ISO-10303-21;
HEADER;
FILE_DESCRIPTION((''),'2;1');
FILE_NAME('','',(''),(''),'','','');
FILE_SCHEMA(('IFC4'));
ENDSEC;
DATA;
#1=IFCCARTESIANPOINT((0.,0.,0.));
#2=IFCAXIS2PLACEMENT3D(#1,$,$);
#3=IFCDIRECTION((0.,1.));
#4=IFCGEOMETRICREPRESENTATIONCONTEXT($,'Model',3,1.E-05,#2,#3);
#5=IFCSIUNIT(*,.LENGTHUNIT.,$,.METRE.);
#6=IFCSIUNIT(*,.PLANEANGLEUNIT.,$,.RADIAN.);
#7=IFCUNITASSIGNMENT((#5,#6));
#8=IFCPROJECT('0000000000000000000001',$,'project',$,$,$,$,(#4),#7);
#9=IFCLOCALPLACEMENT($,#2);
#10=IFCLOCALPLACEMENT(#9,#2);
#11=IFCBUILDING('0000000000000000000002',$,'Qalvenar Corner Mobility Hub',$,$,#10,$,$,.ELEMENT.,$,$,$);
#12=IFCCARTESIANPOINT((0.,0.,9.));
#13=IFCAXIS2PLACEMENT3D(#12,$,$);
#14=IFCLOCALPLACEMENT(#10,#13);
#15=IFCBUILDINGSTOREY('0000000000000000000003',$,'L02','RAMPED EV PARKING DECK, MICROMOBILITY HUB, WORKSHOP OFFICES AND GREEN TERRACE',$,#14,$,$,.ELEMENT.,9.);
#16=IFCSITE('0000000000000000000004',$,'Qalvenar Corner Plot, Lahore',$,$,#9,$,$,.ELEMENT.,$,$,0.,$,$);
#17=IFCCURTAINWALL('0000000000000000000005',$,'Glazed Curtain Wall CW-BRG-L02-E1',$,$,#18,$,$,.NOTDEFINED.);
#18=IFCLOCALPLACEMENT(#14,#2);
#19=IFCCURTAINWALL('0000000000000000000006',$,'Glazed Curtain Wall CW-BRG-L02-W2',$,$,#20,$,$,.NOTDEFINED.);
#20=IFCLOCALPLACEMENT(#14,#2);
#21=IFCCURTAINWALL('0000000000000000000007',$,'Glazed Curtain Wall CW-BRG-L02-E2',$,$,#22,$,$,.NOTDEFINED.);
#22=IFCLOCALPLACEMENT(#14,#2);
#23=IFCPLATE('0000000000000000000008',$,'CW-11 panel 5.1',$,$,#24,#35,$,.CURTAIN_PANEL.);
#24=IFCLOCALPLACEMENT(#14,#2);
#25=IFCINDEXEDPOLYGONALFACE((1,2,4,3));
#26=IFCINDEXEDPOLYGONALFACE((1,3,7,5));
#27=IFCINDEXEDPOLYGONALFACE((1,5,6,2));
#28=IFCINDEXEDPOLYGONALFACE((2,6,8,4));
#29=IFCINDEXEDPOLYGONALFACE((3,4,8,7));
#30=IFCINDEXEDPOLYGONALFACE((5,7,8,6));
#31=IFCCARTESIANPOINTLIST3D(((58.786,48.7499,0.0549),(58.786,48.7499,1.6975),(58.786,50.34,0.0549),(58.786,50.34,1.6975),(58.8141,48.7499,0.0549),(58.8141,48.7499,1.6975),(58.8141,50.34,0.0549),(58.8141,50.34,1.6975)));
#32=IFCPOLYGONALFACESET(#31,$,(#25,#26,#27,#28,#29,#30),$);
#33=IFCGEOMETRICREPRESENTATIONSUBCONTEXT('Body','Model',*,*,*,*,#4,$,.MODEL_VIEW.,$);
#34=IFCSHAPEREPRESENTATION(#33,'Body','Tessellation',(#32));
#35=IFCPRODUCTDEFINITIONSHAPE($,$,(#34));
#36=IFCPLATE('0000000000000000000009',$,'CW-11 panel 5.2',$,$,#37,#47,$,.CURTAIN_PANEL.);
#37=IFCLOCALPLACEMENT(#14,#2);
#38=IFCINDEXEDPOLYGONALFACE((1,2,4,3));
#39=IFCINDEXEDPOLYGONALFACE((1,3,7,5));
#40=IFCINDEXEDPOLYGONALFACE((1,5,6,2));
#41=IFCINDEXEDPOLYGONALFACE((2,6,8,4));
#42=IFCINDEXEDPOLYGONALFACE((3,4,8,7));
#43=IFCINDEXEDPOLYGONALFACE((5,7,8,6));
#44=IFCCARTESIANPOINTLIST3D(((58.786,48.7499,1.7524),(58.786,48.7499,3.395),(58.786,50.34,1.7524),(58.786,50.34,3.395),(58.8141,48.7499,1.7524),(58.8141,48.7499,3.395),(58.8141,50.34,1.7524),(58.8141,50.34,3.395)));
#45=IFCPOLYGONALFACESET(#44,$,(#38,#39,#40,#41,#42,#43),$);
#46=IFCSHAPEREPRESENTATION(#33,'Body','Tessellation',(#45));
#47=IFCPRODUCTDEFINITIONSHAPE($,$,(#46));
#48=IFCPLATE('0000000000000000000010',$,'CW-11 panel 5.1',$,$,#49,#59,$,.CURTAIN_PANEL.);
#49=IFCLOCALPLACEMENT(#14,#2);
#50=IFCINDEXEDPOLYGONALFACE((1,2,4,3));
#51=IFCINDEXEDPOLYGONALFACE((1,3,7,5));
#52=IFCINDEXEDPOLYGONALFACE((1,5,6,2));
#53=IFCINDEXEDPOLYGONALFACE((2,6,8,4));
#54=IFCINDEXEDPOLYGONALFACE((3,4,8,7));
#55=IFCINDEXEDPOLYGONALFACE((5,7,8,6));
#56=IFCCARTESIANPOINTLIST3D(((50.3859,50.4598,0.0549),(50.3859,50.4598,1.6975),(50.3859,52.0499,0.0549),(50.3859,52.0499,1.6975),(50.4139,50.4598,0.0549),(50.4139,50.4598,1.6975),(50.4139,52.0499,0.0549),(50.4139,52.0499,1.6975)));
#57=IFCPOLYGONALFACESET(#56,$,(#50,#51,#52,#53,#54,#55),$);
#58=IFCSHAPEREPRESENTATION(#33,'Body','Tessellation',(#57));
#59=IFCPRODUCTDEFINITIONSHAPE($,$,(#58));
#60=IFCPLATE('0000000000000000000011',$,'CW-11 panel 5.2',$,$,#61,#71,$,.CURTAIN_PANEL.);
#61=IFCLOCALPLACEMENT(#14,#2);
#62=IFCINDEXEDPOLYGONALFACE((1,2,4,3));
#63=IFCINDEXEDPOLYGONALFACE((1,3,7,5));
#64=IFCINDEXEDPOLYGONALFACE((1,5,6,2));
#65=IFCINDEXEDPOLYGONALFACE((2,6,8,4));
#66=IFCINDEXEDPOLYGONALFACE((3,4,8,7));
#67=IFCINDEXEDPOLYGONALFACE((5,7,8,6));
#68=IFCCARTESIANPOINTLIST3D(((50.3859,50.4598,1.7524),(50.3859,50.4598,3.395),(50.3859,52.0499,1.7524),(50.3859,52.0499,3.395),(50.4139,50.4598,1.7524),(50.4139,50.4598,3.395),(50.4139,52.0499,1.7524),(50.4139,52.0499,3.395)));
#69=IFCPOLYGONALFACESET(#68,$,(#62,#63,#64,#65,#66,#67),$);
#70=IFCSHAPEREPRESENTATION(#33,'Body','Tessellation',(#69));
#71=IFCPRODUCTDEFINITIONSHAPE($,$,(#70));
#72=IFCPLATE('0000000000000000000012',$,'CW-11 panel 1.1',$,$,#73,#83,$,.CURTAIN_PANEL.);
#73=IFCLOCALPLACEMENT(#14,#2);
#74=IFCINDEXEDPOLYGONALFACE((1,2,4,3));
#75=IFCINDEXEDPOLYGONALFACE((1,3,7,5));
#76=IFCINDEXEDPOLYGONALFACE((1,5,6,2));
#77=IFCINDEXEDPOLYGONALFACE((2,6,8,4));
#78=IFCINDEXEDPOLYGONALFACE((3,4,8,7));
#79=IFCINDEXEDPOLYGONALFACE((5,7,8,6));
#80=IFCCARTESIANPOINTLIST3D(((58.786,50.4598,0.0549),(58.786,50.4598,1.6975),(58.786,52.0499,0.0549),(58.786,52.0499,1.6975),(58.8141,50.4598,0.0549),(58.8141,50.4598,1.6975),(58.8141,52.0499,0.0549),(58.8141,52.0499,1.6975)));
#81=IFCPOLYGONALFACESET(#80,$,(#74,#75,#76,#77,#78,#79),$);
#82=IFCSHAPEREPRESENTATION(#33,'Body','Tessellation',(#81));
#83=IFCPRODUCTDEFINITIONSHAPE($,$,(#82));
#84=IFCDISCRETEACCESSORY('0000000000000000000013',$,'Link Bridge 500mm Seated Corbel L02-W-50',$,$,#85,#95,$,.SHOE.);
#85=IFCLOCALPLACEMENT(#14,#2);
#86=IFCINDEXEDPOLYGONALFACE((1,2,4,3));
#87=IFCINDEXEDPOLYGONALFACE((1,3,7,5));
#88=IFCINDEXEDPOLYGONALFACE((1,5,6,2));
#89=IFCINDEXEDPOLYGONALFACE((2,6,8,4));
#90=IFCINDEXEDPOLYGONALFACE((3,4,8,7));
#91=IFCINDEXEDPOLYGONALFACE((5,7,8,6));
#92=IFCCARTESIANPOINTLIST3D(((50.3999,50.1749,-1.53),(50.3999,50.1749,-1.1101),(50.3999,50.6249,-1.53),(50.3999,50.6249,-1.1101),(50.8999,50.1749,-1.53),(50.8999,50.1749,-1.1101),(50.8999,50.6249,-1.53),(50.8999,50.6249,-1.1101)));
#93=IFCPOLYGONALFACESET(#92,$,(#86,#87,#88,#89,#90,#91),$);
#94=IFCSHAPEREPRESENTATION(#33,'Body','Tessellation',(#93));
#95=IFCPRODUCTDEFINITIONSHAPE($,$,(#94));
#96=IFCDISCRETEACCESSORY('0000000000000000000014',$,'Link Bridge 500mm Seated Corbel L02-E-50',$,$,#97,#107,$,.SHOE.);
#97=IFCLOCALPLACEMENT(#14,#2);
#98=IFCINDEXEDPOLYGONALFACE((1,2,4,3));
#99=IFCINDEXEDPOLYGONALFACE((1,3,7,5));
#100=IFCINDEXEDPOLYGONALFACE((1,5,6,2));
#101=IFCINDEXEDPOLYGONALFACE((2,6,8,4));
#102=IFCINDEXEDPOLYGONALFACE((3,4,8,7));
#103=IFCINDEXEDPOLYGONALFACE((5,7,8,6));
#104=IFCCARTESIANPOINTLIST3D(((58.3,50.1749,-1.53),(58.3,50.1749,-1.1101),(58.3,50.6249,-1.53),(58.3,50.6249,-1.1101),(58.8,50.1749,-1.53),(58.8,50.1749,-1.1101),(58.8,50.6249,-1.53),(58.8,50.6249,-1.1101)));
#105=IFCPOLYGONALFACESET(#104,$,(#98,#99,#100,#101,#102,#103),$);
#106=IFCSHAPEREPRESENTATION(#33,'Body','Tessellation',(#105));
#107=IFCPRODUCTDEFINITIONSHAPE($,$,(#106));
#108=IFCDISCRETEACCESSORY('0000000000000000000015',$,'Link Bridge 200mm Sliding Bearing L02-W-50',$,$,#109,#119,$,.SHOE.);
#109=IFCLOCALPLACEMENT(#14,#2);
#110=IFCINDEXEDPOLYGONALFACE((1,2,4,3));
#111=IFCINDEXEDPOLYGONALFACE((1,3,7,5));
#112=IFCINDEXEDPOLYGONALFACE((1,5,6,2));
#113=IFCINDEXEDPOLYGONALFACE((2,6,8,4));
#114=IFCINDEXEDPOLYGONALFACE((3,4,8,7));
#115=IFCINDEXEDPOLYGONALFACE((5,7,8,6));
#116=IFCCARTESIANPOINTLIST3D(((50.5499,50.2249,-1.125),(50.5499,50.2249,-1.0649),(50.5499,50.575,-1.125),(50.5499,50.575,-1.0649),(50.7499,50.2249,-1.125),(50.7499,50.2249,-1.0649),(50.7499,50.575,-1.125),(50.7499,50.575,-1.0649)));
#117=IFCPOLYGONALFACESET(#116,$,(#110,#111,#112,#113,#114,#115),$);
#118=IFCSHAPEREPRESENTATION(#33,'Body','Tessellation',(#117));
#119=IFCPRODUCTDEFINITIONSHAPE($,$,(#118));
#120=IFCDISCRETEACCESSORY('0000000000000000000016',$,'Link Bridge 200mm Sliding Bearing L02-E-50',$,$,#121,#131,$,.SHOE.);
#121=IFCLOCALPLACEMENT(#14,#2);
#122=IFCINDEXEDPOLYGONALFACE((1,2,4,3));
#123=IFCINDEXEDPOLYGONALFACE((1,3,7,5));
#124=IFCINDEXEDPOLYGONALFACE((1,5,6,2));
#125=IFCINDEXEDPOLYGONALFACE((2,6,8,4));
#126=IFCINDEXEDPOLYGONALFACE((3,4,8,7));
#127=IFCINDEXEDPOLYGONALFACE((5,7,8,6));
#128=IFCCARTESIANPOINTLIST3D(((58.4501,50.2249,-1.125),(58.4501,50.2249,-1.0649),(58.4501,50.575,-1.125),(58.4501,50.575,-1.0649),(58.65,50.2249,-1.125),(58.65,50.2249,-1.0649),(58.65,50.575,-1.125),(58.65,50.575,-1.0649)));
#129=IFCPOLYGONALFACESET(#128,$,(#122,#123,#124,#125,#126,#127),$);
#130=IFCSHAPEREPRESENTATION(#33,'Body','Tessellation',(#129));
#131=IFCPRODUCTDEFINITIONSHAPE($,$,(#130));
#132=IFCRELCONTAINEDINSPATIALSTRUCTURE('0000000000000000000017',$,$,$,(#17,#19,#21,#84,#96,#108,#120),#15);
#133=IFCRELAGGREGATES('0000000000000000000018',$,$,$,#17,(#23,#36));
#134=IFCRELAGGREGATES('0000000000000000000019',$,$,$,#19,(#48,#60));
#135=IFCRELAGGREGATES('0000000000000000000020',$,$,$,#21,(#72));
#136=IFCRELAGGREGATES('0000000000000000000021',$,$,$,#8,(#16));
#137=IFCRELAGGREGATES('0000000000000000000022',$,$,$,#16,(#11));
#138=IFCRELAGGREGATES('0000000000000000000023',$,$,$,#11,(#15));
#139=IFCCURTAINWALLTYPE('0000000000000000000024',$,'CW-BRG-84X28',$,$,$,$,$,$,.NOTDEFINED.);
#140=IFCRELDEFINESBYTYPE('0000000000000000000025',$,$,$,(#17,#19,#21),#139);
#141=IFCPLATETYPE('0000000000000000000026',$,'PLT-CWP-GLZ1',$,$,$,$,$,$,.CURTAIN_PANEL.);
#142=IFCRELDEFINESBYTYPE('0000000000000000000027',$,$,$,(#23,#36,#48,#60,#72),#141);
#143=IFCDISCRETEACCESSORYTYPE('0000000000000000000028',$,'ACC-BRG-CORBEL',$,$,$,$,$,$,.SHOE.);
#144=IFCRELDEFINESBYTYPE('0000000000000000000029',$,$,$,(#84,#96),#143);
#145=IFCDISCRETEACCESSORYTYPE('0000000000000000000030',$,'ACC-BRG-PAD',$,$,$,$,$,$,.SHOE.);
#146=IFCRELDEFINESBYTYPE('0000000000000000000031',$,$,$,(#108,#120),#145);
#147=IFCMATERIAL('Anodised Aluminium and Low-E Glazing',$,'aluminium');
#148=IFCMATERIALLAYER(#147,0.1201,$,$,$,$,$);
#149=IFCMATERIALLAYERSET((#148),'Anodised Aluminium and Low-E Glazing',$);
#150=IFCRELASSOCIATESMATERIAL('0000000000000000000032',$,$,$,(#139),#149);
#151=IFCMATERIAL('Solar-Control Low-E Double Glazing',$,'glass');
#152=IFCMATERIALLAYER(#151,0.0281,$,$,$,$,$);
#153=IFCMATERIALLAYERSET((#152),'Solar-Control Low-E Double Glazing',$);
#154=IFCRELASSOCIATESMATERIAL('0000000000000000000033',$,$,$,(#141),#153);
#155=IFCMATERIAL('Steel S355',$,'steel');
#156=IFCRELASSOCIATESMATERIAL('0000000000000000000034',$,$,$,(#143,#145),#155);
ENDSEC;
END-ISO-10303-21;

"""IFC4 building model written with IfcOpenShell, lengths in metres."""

from ifc_helpers import new_model, si_unit, direction, frame, origin, origin_2d, place, context, subcontext, project, spatial, rectangle, extrude, material, layer, layer_set, type_object, element, aggregate, save


model = new_model("IFC4")

# Units and contexts
model_context = context("Model", 3, precision=1e-05, world=origin(), true_north=direction((0.0, 1.0)))
body_context = subcontext(model_context, "Body", "Model", "MODEL_VIEW")
ifc_project = project(units=[si_unit("LENGTHUNIT", "METRE"), si_unit("PLANEANGLEUNIT", "RADIAN")], contexts=[model_context])

# Site, building, storey
site_placement = place(None, origin())
site = spatial("IfcSite", under=ifc_project, at=site_placement, Name="Qalvenar Corner Plot, Lahore", CompositionType="ELEMENT", RefElevation=0.0)
building_placement = place(site_placement, origin())
building = spatial("IfcBuilding", under=site, at=building_placement, Name="Qalvenar Corner Mobility Hub", CompositionType="ELEMENT")
storey_placement = place(building_placement, frame((0.0, 0.0, 9.0)))
storey = spatial("IfcBuildingStorey", under=building, at=storey_placement, Name="L02", Description="RAMPED EV PARKING DECK, MICROMOBILITY HUB, WORKSHOP OFFICES AND GREEN TERRACE", CompositionType="ELEMENT", Elevation=9.0)

# Shared definitions
ifc_material_1 = material(Name="Steel S355", Category="steel")

# Shared definitions
ifc_material_2 = material(Name="Anodised Aluminium and Low-E Glazing", Category="aluminium")
ifc_layer_1 = layer(ifc_material_2, 0.1201)
ifc_layer_set_1 = layer_set([ifc_layer_1], Name="Anodised Aluminium and Low-E Glazing")
curtain_wall_type = type_object("IfcCurtainWallType", Name="CW-BRG-84X28", PredefinedType="NOTDEFINED", material=ifc_layer_set_1)

# Curtain wall
curtain_wall_1_placement = place(storey_placement, origin())
curtain_wall_1 = element("IfcCurtainWall", 1, at=curtain_wall_1_placement, inside=storey, type_object=curtain_wall_type, Name="Glazed Curtain Wall CW-BRG-L02-E1", PredefinedType="NOTDEFINED")

# Curtain walls
curtain_wall_2_placement = place(storey_placement, origin())
curtain_wall_2 = element("IfcCurtainWall", 2, at=curtain_wall_2_placement, inside=storey, type_object=curtain_wall_type, Name="Glazed Curtain Wall CW-BRG-L02-W2", PredefinedType="NOTDEFINED")
curtain_wall_3_placement = place(storey_placement, origin())
curtain_wall_3 = element("IfcCurtainWall", 3, at=curtain_wall_3_placement, inside=storey, type_object=curtain_wall_type, Name="Glazed Curtain Wall CW-BRG-L02-E2", PredefinedType="NOTDEFINED")

# Plates
ifc_material_3 = material(Name="Solar-Control Low-E Double Glazing", Category="glass")
ifc_layer_2 = layer(ifc_material_3, 0.0281)
ifc_layer_set_2 = layer_set([ifc_layer_2], Name="Solar-Control Low-E Double Glazing")
plate_type_1 = type_object("IfcPlateType", Name="PLT-CWP-GLZ1", PredefinedType="CURTAIN_PANEL", material=ifc_layer_set_2)
plate_1_placement = place(storey_placement, frame((58.8, 49.5449, 0.0549), z_axis=(0.0, 0.0, 1.0), x_axis=(0.0, 1.0, 0.0)))
plate_1 = element("IfcPlate", 4, at=plate_1_placement, type_object=plate_type_1, Name="CW-11 panel 5.1", PredefinedType="CURTAIN_PANEL", context=body_context, shape_type="SweptSolid", body=[
    extrude(rectangle(XDim=1.5901, YDim=0.0281, at=origin_2d()), origin(), (0.0, 0.0, 1.0), 1.6426),
])
plate_2_placement = place(storey_placement, frame((58.8, 49.5449, 1.7524), z_axis=(0.0, 0.0, 1.0), x_axis=(0.0, 1.0, 0.0)))
plate_2 = element("IfcPlate", 5, at=plate_2_placement, type_object=plate_type_1, Name="CW-11 panel 5.2", PredefinedType="CURTAIN_PANEL", context=body_context, shape_type="SweptSolid", body=[
    extrude(rectangle(XDim=1.5901, YDim=0.0281, at=origin_2d()), origin(), (0.0, 0.0, 1.0), 1.6426),
])
aggregate(curtain_wall_1, [plate_1, plate_2])
plate_3_placement = place(storey_placement, frame((50.3999, 51.2549, 0.0549), z_axis=(0.0, 0.0, 1.0), x_axis=(0.0, -1.0, 0.0)))
plate_3 = element("IfcPlate", 6, at=plate_3_placement, type_object=plate_type_1, Name="CW-11 panel 5.1", PredefinedType="CURTAIN_PANEL", context=body_context, shape_type="SweptSolid", body=[
    extrude(rectangle(XDim=1.5901, YDim=0.0281, at=origin_2d()), origin(), (0.0, 0.0, 1.0), 1.6426),
])
plate_4_placement = place(storey_placement, frame((50.3999, 51.2549, 1.7524), z_axis=(0.0, 0.0, 1.0), x_axis=(0.0, -1.0, 0.0)))
plate_4 = element("IfcPlate", 7, at=plate_4_placement, type_object=plate_type_1, Name="CW-11 panel 5.2", PredefinedType="CURTAIN_PANEL", context=body_context, shape_type="SweptSolid", body=[
    extrude(rectangle(XDim=1.5901, YDim=0.0281, at=origin_2d()), origin(), (0.0, 0.0, 1.0), 1.6426),
])
aggregate(curtain_wall_2, [plate_3, plate_4])
plate_5_placement = place(storey_placement, frame((58.8, 51.2549, 0.0549), z_axis=(0.0, 0.0, 1.0), x_axis=(0.0, 1.0, 0.0)))
plate_5 = element("IfcPlate", 8, at=plate_5_placement, type_object=plate_type_1, Name="CW-11 panel 1.1", PredefinedType="CURTAIN_PANEL", context=body_context, shape_type="SweptSolid", body=[
    extrude(rectangle(XDim=1.5901, YDim=0.0281, at=origin_2d()), origin(), (0.0, 0.0, 1.0), 1.6426),
])
aggregate(curtain_wall_3, [plate_5])

# Discrete accessories
discrete_accessory_type_1 = type_object("IfcDiscreteAccessoryType", Name="ACC-BRG-CORBEL", PredefinedType="SHOE", material=ifc_material_1)
for number, where, z_axis, x_axis, name in (
    (9, (50.6499, 50.3999, -1.53), (0.0, 0.0, 1.0), (1.0, 0.0, 0.0), "Link Bridge 500mm Seated Corbel L02-W-50"),
    (10, (58.55, 50.3999, -1.53), (0.0, 0.0, 1.0), (1.0, 0.0, 0.0), "Link Bridge 500mm Seated Corbel L02-E-50"),
):
    element("IfcDiscreteAccessory", number, at=place(storey_placement, frame(where, z_axis=z_axis, x_axis=x_axis)), inside=storey, type_object=discrete_accessory_type_1, Name=name, PredefinedType="SHOE", context=body_context, shape_type="SweptSolid", body=[
        extrude(rectangle(XDim=0.5, YDim=0.45, at=origin_2d()), origin(), (0.0, 0.0, 1.0), 0.4199),
    ])
discrete_accessory_type_2 = type_object("IfcDiscreteAccessoryType", Name="ACC-BRG-PAD", PredefinedType="SHOE", material=ifc_material_1)
for number, where, z_axis, x_axis, name in (
    (11, (50.6499, 50.3999, -1.125), (0.0, 0.0, 1.0), (1.0, 0.0, 0.0), "Link Bridge 200mm Sliding Bearing L02-W-50"),
    (12, (58.55, 50.3999, -1.125), (0.0, 0.0, 1.0), (1.0, 0.0, 0.0), "Link Bridge 200mm Sliding Bearing L02-E-50"),
):
    element("IfcDiscreteAccessory", number, at=place(storey_placement, frame(where, z_axis=z_axis, x_axis=x_axis)), inside=storey, type_object=discrete_accessory_type_2, Name=name, PredefinedType="SHOE", context=body_context, shape_type="SweptSolid", body=[
        extrude(rectangle(XDim=0.2, YDim=0.3501, at=origin_2d()), origin(), (0.0, 0.0, 1.0), 0.0601),
    ])

save(model, "model.ifc")
